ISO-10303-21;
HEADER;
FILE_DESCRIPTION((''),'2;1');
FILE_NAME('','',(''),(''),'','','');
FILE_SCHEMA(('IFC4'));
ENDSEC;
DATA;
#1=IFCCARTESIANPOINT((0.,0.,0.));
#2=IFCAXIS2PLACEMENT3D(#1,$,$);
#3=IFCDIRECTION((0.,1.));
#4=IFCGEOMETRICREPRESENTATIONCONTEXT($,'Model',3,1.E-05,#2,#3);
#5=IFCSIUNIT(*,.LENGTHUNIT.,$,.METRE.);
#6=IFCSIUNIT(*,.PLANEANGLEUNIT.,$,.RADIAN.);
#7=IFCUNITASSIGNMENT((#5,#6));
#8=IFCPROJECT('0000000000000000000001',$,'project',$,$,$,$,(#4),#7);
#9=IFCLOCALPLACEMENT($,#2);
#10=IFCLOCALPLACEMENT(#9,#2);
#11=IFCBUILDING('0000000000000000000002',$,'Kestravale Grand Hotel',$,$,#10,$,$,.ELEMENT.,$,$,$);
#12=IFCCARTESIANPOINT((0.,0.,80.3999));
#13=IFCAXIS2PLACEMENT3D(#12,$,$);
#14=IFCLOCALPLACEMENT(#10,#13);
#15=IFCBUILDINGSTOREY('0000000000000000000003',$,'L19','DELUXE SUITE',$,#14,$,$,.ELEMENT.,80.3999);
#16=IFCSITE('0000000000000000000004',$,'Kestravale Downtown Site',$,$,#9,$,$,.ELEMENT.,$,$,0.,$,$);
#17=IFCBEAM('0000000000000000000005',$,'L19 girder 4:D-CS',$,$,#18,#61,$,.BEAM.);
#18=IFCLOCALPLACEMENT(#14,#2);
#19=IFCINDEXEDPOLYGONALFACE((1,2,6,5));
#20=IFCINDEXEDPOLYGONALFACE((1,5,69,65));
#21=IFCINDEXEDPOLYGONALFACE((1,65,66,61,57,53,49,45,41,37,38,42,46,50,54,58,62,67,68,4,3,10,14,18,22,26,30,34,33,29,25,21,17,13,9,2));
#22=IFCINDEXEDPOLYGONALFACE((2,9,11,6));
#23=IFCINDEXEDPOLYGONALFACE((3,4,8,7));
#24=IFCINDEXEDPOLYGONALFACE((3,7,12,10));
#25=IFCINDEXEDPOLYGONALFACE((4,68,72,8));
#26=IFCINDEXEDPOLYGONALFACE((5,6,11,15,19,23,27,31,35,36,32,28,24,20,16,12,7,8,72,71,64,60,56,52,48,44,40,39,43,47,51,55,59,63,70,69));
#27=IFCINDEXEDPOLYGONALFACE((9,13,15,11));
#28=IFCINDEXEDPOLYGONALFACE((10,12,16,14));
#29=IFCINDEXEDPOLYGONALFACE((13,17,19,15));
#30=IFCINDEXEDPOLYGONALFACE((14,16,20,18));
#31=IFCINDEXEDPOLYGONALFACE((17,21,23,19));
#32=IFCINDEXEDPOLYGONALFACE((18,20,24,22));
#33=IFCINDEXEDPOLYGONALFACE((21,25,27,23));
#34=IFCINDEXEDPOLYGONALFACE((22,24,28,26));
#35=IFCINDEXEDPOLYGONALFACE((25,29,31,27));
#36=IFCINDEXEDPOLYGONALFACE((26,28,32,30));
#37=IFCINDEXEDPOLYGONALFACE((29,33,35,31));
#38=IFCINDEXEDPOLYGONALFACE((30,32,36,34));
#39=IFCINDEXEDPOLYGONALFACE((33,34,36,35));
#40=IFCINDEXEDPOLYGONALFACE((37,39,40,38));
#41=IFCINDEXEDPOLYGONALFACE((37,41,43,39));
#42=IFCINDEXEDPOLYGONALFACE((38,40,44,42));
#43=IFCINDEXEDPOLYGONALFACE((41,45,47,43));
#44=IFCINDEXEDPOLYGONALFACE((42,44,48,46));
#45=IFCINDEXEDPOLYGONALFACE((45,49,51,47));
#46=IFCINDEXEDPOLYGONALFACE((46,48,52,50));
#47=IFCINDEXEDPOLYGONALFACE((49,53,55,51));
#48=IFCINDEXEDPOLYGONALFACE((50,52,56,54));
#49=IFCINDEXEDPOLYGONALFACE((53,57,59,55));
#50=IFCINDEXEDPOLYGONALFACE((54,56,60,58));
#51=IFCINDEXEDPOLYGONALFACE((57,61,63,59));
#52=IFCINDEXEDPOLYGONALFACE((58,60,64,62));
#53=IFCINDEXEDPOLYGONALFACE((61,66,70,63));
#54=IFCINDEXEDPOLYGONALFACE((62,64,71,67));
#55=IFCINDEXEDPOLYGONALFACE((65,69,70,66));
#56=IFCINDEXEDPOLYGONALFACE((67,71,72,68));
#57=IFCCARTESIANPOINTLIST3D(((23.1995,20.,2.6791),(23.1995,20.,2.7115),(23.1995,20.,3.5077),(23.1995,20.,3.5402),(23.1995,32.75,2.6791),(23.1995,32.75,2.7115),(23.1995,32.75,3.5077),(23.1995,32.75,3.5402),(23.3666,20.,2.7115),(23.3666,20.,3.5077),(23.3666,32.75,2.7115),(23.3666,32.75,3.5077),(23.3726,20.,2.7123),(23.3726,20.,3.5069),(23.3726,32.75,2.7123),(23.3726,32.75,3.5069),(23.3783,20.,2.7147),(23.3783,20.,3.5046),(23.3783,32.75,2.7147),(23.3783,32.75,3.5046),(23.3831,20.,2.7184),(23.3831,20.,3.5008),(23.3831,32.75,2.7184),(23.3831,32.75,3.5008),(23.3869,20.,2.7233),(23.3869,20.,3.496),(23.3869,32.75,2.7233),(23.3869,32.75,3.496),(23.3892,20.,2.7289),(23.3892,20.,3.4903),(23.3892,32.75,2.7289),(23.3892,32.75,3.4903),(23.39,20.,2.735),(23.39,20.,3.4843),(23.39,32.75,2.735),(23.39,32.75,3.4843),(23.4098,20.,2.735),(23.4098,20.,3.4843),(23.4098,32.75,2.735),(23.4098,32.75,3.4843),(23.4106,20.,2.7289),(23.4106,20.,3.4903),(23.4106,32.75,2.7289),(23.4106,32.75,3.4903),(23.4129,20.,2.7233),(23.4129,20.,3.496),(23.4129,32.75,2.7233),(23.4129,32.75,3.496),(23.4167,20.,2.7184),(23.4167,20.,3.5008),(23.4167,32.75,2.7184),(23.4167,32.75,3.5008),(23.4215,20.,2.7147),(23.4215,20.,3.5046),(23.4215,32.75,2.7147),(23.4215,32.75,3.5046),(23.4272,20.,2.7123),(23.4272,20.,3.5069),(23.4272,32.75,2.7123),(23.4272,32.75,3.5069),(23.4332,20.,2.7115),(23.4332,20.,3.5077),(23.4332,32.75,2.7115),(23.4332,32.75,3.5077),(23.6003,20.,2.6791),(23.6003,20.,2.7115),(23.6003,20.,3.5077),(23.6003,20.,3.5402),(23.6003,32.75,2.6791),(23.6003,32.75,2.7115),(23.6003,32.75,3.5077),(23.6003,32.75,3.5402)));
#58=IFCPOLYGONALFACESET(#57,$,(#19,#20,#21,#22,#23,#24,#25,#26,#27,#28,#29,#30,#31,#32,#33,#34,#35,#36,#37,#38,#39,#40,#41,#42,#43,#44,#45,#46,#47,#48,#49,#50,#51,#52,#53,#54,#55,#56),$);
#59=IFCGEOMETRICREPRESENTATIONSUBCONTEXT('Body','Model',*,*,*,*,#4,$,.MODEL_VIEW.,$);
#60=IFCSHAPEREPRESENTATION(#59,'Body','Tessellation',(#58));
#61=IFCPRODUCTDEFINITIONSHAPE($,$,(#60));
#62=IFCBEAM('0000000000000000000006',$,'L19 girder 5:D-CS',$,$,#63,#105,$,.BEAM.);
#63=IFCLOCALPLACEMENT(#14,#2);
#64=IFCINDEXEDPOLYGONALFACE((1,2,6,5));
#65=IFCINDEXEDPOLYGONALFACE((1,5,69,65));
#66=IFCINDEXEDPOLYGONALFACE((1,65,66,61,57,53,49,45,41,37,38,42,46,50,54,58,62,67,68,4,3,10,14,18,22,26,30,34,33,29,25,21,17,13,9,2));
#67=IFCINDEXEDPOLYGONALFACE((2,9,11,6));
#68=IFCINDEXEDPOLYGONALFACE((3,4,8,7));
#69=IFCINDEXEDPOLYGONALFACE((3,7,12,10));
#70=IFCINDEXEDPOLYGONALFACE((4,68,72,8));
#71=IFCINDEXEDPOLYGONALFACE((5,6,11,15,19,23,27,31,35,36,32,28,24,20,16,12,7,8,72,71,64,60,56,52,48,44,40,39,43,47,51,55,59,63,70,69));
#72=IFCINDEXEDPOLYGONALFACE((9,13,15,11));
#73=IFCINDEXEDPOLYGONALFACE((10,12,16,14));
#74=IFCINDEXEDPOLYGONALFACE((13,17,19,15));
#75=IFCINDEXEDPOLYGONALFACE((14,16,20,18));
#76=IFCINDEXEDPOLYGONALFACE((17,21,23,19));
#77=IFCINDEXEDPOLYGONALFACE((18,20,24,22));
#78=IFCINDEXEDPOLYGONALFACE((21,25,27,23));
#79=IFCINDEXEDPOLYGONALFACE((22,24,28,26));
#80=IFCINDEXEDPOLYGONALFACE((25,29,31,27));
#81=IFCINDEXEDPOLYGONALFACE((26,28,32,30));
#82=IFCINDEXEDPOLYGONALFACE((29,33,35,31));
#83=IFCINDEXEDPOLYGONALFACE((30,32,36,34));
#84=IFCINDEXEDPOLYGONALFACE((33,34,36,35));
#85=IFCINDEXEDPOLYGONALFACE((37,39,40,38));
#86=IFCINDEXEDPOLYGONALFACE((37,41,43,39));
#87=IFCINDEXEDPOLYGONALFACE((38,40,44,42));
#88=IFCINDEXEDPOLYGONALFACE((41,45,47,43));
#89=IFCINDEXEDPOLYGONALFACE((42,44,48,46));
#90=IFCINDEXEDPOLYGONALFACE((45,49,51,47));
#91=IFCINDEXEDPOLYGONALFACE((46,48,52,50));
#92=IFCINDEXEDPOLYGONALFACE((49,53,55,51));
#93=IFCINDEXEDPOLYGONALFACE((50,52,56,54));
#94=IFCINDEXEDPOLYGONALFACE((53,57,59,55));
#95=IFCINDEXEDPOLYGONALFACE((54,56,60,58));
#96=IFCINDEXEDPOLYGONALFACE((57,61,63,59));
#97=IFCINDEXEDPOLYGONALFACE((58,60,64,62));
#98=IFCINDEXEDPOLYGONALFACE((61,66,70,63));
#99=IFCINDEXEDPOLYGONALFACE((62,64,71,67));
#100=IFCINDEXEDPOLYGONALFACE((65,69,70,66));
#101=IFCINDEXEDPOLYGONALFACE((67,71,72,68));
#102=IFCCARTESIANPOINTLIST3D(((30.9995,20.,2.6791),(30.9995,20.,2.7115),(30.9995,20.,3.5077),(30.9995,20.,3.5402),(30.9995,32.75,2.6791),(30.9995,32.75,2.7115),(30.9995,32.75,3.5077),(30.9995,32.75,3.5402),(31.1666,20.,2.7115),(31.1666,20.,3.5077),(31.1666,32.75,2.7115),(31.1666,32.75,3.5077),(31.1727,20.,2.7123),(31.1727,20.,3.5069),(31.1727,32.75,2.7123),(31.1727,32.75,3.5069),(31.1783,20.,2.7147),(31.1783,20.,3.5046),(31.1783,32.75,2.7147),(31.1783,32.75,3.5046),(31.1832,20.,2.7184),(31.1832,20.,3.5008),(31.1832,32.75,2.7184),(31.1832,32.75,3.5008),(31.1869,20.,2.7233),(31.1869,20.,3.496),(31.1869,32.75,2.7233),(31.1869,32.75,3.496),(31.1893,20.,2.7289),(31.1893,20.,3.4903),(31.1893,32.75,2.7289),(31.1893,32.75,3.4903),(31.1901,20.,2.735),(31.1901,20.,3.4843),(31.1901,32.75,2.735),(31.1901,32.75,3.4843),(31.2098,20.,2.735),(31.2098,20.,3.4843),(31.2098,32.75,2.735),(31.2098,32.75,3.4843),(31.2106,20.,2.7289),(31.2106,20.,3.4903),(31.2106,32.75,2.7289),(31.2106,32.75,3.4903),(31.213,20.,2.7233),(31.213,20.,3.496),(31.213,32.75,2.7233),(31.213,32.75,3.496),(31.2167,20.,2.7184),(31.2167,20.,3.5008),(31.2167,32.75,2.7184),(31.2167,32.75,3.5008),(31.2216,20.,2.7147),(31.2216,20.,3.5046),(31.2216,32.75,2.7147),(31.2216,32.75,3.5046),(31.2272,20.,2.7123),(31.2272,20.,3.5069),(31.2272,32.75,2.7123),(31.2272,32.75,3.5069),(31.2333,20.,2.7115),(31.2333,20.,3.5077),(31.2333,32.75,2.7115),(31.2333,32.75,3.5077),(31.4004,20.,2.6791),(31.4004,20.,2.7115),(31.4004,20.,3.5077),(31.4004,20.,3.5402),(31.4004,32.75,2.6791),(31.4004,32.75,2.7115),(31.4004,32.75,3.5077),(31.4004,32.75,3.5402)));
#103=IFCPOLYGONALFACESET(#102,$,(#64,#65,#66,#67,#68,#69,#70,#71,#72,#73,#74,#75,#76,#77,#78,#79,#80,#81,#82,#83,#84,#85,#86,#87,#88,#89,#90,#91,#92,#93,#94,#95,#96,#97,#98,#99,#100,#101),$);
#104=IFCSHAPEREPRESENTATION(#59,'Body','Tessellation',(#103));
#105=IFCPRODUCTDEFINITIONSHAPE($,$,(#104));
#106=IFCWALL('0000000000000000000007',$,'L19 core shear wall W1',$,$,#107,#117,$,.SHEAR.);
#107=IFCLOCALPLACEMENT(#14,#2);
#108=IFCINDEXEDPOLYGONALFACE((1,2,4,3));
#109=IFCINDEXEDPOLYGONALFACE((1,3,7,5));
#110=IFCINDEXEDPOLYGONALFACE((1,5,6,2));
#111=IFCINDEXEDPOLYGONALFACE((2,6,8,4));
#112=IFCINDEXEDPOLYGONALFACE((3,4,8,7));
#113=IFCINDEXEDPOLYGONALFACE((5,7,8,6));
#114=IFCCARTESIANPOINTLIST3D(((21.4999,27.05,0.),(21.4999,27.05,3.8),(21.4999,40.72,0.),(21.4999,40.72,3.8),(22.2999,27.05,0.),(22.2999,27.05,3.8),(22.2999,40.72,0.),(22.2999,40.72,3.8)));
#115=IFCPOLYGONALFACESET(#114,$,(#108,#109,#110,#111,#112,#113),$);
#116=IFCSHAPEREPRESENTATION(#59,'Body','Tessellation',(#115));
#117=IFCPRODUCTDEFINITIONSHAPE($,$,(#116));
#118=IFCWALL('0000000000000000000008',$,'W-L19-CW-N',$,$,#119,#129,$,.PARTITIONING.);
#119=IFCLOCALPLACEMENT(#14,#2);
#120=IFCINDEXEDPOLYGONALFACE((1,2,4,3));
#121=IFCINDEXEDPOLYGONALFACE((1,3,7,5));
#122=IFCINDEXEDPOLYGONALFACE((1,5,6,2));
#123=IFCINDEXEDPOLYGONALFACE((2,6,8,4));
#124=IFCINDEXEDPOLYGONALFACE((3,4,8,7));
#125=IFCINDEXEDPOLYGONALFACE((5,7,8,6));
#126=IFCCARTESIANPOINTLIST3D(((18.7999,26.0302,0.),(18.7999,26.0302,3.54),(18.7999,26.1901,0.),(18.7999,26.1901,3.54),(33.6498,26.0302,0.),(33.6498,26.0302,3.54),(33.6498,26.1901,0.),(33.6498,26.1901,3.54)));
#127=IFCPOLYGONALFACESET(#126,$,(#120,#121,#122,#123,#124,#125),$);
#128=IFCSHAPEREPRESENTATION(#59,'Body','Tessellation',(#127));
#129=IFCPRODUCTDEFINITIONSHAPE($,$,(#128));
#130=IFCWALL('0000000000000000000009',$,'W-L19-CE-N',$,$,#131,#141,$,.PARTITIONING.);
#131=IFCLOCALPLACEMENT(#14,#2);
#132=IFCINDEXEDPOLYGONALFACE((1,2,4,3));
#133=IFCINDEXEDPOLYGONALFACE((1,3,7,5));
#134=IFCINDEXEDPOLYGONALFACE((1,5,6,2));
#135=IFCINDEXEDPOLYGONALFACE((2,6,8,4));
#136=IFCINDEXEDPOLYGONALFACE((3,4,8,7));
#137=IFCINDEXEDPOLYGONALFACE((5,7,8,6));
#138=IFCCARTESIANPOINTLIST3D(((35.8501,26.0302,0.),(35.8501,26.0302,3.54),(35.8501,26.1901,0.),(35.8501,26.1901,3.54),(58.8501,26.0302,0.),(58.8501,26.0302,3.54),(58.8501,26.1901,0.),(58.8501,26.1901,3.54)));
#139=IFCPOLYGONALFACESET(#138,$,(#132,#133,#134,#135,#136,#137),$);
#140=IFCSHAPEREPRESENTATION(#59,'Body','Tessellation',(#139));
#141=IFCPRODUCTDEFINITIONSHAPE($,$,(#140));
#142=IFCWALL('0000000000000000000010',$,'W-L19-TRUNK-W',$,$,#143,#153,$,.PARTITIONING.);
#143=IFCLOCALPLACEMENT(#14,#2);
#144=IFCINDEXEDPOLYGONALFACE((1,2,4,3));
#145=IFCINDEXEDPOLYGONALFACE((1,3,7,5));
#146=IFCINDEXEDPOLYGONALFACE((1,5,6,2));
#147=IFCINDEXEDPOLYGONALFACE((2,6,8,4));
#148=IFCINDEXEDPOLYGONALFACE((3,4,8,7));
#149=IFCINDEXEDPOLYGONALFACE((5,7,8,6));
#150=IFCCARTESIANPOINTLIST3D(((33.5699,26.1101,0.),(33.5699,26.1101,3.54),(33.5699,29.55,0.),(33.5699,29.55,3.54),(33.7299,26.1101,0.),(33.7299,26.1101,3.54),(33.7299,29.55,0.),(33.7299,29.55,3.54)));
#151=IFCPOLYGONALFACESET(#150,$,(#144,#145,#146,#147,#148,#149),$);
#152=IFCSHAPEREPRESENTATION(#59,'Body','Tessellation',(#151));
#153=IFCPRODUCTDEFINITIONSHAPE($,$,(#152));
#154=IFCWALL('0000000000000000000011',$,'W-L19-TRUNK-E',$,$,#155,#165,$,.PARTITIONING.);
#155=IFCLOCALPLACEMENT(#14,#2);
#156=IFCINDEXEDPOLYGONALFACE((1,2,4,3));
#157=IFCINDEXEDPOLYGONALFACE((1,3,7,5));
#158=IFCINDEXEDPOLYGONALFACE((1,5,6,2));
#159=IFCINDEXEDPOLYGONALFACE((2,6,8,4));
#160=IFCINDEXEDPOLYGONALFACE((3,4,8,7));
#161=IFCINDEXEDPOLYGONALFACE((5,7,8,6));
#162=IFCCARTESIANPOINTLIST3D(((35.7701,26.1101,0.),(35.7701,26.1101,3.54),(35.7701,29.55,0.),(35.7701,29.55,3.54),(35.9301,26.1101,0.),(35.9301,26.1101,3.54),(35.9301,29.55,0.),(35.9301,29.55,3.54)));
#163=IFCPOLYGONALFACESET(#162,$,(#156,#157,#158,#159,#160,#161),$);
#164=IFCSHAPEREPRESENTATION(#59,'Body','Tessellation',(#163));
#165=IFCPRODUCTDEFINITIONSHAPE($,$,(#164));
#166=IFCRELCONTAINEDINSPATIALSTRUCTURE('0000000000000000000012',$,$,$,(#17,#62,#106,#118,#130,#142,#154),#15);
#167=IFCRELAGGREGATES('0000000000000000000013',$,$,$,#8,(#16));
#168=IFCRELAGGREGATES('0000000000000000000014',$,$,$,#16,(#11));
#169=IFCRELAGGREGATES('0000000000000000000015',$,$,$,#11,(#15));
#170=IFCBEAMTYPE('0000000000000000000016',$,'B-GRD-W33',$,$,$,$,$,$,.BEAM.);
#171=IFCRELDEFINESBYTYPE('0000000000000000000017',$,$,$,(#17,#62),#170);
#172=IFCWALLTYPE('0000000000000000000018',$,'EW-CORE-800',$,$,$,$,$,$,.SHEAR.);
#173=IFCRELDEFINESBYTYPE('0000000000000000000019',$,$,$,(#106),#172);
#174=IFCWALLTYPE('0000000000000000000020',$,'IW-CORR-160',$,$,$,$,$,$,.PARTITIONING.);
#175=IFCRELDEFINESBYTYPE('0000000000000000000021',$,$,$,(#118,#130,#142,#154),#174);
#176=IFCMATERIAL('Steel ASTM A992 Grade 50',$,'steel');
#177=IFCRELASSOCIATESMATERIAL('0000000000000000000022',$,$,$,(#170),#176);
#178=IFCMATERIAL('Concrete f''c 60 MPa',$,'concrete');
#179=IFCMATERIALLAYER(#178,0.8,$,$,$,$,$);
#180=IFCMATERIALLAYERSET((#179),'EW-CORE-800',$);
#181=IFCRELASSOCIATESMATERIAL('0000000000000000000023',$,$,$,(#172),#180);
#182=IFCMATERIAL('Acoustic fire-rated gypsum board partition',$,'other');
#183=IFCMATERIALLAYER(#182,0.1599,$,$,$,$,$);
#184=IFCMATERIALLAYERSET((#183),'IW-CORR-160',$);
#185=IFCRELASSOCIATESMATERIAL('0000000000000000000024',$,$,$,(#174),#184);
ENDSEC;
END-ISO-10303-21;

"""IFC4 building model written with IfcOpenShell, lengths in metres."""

from ifc_helpers import new_model, si_unit, direction, frame, frame_2d, origin, origin_2d, place, context, subcontext, project, spatial, rectangle, i_section, extrude, material, layer, layer_set, material_profile, profile_set, type_object, element, save


model = new_model("IFC4")

# Units and contexts
model_context = context("Model", 3, precision=1e-05, world=origin(), true_north=direction((0.0, 1.0)))
body_context = subcontext(model_context, "Body", "Model", "MODEL_VIEW")
ifc_project = project(units=[si_unit("LENGTHUNIT", "METRE"), si_unit("PLANEANGLEUNIT", "RADIAN")], contexts=[model_context])

# Site, building, storey
site_placement = place(None, origin())
site = spatial("IfcSite", under=ifc_project, at=site_placement, Name="Kestravale Downtown Site", CompositionType="ELEMENT", RefElevation=0.0)
building_placement = place(site_placement, origin())
building = spatial("IfcBuilding", under=site, at=building_placement, Name="Kestravale Grand Hotel", CompositionType="ELEMENT")
storey_placement = place(building_placement, frame((0.0, 0.0, 80.3999)))
storey = spatial("IfcBuildingStorey", under=building, at=storey_placement, Name="L19", Description="DELUXE SUITE", CompositionType="ELEMENT", Elevation=80.3999)

# Beams
ifc_material_1 = material(Name="Steel ASTM A992 Grade 50", Category="steel")
ifc_material_profile_1 = material_profile(ifc_material_1, i_section(OverallWidth=0.4009, OverallDepth=0.8611, WebThickness=0.0198, FlangeThickness=0.0325, FilletRadius=0.0234, at=origin_2d()))
ifc_profile_set_1 = profile_set([ifc_material_profile_1], Name="Steel ASTM A992 Grade 50")
beam_type_1 = type_object("IfcBeamType", Name="B-GRD-W33", PredefinedType="BEAM", material=ifc_profile_set_1)
for number, where, z_axis, x_axis, name in (
    (1, (23.3999, 20.0, 3.1096), (0.0, 1.0, 0.0), (-1.0, 0.0, 0.0), "L19 girder 4:D-CS"),
    (2, (31.2, 20.0, 3.1096), (0.0, 1.0, 0.0), (-1.0, 0.0, 0.0), "L19 girder 5:D-CS"),
):
    element("IfcBeam", number, at=place(storey_placement, frame(where, z_axis=z_axis, x_axis=x_axis)), inside=storey, type_object=beam_type_1, Name=name, PredefinedType="BEAM", context=body_context, shape_type="SweptSolid", body=[
        extrude(i_section(OverallWidth=0.4009, OverallDepth=0.8611, WebThickness=0.0198, FlangeThickness=0.0325, FilletRadius=0.0234, at=origin_2d()), origin(), (0.0, 0.0, 1.0), 12.75),
    ])

# Walls
ifc_material_2 = material(Name="Concrete f'c 60 MPa", Category="concrete")
ifc_layer_1 = layer(ifc_material_2, 0.8)
ifc_layer_set_1 = layer_set([ifc_layer_1], Name="EW-CORE-800")
wall_type_1 = type_object("IfcWallType", Name="EW-CORE-800", PredefinedType="SHEAR", material=ifc_layer_set_1)
wall_1_placement = place(storey_placement, frame((21.8999, 27.05, 0.0), z_axis=(0.0, 0.0, 1.0), x_axis=(0.0, 1.0, 0.0)))
element("IfcWall", 3, at=wall_1_placement, inside=storey, type_object=wall_type_1, Name="L19 core shear wall W1", PredefinedType="SHEAR", context=body_context, shape_type="SweptSolid", body=[
    extrude(rectangle(XDim=13.6699, YDim=0.8, at=frame_2d((6.835, 0.0))), origin(), (0.0, 0.0, 1.0), 3.8),
])
ifc_material_3 = material(Name="Acoustic fire-rated gypsum board partition", Category="other")
ifc_layer_2 = layer(ifc_material_3, 0.1599)
ifc_layer_set_2 = layer_set([ifc_layer_2], Name="IW-CORR-160")
wall_type_2 = type_object("IfcWallType", Name="IW-CORR-160", PredefinedType="PARTITIONING", material=ifc_layer_set_2)
wall_2_placement = place(storey_placement, frame((18.8, 26.1101, 0.0), z_axis=(0.0, 0.0, 1.0), x_axis=(1.0, 0.0, 0.0)))
element("IfcWall", 4, at=wall_2_placement, inside=storey, type_object=wall_type_2, Name="W-L19-CW-N", PredefinedType="PARTITIONING", context=body_context, shape_type="SweptSolid", body=[
    extrude(rectangle(XDim=14.8499, YDim=0.1599, at=frame_2d((7.4248, 0.0))), origin(), (0.0, 0.0, 1.0), 3.54),
])
wall_3_placement = place(storey_placement, frame((35.8501, 26.1101, 0.0), z_axis=(0.0, 0.0, 1.0), x_axis=(1.0, 0.0, 0.0)))
element("IfcWall", 5, at=wall_3_placement, inside=storey, type_object=wall_type_2, Name="W-L19-CE-N", PredefinedType="PARTITIONING", context=body_context, shape_type="SweptSolid", body=[
    extrude(rectangle(XDim=23.0, YDim=0.1599, at=frame_2d((11.5, 0.0))), origin(), (0.0, 0.0, 1.0), 3.54),
])
for number, where, z_axis, x_axis, name in (
    (6, (33.6499, 26.1101, 0.0), (0.0, 0.0, 1.0), (0.0, 1.0, 0.0), "W-L19-TRUNK-W"),
    (7, (35.8501, 26.1101, 0.0), (0.0, 0.0, 1.0), (0.0, 1.0, 0.0), "W-L19-TRUNK-E"),
):
    element("IfcWall", number, at=place(storey_placement, frame(where, z_axis=z_axis, x_axis=x_axis)), inside=storey, type_object=wall_type_2, Name=name, PredefinedType="PARTITIONING", context=body_context, shape_type="SweptSolid", body=[
        extrude(rectangle(XDim=3.4399, YDim=0.1599, at=frame_2d((1.72, 0.0))), origin(), (0.0, 0.0, 1.0), 3.54),
    ])

save(model, "model.ifc")
